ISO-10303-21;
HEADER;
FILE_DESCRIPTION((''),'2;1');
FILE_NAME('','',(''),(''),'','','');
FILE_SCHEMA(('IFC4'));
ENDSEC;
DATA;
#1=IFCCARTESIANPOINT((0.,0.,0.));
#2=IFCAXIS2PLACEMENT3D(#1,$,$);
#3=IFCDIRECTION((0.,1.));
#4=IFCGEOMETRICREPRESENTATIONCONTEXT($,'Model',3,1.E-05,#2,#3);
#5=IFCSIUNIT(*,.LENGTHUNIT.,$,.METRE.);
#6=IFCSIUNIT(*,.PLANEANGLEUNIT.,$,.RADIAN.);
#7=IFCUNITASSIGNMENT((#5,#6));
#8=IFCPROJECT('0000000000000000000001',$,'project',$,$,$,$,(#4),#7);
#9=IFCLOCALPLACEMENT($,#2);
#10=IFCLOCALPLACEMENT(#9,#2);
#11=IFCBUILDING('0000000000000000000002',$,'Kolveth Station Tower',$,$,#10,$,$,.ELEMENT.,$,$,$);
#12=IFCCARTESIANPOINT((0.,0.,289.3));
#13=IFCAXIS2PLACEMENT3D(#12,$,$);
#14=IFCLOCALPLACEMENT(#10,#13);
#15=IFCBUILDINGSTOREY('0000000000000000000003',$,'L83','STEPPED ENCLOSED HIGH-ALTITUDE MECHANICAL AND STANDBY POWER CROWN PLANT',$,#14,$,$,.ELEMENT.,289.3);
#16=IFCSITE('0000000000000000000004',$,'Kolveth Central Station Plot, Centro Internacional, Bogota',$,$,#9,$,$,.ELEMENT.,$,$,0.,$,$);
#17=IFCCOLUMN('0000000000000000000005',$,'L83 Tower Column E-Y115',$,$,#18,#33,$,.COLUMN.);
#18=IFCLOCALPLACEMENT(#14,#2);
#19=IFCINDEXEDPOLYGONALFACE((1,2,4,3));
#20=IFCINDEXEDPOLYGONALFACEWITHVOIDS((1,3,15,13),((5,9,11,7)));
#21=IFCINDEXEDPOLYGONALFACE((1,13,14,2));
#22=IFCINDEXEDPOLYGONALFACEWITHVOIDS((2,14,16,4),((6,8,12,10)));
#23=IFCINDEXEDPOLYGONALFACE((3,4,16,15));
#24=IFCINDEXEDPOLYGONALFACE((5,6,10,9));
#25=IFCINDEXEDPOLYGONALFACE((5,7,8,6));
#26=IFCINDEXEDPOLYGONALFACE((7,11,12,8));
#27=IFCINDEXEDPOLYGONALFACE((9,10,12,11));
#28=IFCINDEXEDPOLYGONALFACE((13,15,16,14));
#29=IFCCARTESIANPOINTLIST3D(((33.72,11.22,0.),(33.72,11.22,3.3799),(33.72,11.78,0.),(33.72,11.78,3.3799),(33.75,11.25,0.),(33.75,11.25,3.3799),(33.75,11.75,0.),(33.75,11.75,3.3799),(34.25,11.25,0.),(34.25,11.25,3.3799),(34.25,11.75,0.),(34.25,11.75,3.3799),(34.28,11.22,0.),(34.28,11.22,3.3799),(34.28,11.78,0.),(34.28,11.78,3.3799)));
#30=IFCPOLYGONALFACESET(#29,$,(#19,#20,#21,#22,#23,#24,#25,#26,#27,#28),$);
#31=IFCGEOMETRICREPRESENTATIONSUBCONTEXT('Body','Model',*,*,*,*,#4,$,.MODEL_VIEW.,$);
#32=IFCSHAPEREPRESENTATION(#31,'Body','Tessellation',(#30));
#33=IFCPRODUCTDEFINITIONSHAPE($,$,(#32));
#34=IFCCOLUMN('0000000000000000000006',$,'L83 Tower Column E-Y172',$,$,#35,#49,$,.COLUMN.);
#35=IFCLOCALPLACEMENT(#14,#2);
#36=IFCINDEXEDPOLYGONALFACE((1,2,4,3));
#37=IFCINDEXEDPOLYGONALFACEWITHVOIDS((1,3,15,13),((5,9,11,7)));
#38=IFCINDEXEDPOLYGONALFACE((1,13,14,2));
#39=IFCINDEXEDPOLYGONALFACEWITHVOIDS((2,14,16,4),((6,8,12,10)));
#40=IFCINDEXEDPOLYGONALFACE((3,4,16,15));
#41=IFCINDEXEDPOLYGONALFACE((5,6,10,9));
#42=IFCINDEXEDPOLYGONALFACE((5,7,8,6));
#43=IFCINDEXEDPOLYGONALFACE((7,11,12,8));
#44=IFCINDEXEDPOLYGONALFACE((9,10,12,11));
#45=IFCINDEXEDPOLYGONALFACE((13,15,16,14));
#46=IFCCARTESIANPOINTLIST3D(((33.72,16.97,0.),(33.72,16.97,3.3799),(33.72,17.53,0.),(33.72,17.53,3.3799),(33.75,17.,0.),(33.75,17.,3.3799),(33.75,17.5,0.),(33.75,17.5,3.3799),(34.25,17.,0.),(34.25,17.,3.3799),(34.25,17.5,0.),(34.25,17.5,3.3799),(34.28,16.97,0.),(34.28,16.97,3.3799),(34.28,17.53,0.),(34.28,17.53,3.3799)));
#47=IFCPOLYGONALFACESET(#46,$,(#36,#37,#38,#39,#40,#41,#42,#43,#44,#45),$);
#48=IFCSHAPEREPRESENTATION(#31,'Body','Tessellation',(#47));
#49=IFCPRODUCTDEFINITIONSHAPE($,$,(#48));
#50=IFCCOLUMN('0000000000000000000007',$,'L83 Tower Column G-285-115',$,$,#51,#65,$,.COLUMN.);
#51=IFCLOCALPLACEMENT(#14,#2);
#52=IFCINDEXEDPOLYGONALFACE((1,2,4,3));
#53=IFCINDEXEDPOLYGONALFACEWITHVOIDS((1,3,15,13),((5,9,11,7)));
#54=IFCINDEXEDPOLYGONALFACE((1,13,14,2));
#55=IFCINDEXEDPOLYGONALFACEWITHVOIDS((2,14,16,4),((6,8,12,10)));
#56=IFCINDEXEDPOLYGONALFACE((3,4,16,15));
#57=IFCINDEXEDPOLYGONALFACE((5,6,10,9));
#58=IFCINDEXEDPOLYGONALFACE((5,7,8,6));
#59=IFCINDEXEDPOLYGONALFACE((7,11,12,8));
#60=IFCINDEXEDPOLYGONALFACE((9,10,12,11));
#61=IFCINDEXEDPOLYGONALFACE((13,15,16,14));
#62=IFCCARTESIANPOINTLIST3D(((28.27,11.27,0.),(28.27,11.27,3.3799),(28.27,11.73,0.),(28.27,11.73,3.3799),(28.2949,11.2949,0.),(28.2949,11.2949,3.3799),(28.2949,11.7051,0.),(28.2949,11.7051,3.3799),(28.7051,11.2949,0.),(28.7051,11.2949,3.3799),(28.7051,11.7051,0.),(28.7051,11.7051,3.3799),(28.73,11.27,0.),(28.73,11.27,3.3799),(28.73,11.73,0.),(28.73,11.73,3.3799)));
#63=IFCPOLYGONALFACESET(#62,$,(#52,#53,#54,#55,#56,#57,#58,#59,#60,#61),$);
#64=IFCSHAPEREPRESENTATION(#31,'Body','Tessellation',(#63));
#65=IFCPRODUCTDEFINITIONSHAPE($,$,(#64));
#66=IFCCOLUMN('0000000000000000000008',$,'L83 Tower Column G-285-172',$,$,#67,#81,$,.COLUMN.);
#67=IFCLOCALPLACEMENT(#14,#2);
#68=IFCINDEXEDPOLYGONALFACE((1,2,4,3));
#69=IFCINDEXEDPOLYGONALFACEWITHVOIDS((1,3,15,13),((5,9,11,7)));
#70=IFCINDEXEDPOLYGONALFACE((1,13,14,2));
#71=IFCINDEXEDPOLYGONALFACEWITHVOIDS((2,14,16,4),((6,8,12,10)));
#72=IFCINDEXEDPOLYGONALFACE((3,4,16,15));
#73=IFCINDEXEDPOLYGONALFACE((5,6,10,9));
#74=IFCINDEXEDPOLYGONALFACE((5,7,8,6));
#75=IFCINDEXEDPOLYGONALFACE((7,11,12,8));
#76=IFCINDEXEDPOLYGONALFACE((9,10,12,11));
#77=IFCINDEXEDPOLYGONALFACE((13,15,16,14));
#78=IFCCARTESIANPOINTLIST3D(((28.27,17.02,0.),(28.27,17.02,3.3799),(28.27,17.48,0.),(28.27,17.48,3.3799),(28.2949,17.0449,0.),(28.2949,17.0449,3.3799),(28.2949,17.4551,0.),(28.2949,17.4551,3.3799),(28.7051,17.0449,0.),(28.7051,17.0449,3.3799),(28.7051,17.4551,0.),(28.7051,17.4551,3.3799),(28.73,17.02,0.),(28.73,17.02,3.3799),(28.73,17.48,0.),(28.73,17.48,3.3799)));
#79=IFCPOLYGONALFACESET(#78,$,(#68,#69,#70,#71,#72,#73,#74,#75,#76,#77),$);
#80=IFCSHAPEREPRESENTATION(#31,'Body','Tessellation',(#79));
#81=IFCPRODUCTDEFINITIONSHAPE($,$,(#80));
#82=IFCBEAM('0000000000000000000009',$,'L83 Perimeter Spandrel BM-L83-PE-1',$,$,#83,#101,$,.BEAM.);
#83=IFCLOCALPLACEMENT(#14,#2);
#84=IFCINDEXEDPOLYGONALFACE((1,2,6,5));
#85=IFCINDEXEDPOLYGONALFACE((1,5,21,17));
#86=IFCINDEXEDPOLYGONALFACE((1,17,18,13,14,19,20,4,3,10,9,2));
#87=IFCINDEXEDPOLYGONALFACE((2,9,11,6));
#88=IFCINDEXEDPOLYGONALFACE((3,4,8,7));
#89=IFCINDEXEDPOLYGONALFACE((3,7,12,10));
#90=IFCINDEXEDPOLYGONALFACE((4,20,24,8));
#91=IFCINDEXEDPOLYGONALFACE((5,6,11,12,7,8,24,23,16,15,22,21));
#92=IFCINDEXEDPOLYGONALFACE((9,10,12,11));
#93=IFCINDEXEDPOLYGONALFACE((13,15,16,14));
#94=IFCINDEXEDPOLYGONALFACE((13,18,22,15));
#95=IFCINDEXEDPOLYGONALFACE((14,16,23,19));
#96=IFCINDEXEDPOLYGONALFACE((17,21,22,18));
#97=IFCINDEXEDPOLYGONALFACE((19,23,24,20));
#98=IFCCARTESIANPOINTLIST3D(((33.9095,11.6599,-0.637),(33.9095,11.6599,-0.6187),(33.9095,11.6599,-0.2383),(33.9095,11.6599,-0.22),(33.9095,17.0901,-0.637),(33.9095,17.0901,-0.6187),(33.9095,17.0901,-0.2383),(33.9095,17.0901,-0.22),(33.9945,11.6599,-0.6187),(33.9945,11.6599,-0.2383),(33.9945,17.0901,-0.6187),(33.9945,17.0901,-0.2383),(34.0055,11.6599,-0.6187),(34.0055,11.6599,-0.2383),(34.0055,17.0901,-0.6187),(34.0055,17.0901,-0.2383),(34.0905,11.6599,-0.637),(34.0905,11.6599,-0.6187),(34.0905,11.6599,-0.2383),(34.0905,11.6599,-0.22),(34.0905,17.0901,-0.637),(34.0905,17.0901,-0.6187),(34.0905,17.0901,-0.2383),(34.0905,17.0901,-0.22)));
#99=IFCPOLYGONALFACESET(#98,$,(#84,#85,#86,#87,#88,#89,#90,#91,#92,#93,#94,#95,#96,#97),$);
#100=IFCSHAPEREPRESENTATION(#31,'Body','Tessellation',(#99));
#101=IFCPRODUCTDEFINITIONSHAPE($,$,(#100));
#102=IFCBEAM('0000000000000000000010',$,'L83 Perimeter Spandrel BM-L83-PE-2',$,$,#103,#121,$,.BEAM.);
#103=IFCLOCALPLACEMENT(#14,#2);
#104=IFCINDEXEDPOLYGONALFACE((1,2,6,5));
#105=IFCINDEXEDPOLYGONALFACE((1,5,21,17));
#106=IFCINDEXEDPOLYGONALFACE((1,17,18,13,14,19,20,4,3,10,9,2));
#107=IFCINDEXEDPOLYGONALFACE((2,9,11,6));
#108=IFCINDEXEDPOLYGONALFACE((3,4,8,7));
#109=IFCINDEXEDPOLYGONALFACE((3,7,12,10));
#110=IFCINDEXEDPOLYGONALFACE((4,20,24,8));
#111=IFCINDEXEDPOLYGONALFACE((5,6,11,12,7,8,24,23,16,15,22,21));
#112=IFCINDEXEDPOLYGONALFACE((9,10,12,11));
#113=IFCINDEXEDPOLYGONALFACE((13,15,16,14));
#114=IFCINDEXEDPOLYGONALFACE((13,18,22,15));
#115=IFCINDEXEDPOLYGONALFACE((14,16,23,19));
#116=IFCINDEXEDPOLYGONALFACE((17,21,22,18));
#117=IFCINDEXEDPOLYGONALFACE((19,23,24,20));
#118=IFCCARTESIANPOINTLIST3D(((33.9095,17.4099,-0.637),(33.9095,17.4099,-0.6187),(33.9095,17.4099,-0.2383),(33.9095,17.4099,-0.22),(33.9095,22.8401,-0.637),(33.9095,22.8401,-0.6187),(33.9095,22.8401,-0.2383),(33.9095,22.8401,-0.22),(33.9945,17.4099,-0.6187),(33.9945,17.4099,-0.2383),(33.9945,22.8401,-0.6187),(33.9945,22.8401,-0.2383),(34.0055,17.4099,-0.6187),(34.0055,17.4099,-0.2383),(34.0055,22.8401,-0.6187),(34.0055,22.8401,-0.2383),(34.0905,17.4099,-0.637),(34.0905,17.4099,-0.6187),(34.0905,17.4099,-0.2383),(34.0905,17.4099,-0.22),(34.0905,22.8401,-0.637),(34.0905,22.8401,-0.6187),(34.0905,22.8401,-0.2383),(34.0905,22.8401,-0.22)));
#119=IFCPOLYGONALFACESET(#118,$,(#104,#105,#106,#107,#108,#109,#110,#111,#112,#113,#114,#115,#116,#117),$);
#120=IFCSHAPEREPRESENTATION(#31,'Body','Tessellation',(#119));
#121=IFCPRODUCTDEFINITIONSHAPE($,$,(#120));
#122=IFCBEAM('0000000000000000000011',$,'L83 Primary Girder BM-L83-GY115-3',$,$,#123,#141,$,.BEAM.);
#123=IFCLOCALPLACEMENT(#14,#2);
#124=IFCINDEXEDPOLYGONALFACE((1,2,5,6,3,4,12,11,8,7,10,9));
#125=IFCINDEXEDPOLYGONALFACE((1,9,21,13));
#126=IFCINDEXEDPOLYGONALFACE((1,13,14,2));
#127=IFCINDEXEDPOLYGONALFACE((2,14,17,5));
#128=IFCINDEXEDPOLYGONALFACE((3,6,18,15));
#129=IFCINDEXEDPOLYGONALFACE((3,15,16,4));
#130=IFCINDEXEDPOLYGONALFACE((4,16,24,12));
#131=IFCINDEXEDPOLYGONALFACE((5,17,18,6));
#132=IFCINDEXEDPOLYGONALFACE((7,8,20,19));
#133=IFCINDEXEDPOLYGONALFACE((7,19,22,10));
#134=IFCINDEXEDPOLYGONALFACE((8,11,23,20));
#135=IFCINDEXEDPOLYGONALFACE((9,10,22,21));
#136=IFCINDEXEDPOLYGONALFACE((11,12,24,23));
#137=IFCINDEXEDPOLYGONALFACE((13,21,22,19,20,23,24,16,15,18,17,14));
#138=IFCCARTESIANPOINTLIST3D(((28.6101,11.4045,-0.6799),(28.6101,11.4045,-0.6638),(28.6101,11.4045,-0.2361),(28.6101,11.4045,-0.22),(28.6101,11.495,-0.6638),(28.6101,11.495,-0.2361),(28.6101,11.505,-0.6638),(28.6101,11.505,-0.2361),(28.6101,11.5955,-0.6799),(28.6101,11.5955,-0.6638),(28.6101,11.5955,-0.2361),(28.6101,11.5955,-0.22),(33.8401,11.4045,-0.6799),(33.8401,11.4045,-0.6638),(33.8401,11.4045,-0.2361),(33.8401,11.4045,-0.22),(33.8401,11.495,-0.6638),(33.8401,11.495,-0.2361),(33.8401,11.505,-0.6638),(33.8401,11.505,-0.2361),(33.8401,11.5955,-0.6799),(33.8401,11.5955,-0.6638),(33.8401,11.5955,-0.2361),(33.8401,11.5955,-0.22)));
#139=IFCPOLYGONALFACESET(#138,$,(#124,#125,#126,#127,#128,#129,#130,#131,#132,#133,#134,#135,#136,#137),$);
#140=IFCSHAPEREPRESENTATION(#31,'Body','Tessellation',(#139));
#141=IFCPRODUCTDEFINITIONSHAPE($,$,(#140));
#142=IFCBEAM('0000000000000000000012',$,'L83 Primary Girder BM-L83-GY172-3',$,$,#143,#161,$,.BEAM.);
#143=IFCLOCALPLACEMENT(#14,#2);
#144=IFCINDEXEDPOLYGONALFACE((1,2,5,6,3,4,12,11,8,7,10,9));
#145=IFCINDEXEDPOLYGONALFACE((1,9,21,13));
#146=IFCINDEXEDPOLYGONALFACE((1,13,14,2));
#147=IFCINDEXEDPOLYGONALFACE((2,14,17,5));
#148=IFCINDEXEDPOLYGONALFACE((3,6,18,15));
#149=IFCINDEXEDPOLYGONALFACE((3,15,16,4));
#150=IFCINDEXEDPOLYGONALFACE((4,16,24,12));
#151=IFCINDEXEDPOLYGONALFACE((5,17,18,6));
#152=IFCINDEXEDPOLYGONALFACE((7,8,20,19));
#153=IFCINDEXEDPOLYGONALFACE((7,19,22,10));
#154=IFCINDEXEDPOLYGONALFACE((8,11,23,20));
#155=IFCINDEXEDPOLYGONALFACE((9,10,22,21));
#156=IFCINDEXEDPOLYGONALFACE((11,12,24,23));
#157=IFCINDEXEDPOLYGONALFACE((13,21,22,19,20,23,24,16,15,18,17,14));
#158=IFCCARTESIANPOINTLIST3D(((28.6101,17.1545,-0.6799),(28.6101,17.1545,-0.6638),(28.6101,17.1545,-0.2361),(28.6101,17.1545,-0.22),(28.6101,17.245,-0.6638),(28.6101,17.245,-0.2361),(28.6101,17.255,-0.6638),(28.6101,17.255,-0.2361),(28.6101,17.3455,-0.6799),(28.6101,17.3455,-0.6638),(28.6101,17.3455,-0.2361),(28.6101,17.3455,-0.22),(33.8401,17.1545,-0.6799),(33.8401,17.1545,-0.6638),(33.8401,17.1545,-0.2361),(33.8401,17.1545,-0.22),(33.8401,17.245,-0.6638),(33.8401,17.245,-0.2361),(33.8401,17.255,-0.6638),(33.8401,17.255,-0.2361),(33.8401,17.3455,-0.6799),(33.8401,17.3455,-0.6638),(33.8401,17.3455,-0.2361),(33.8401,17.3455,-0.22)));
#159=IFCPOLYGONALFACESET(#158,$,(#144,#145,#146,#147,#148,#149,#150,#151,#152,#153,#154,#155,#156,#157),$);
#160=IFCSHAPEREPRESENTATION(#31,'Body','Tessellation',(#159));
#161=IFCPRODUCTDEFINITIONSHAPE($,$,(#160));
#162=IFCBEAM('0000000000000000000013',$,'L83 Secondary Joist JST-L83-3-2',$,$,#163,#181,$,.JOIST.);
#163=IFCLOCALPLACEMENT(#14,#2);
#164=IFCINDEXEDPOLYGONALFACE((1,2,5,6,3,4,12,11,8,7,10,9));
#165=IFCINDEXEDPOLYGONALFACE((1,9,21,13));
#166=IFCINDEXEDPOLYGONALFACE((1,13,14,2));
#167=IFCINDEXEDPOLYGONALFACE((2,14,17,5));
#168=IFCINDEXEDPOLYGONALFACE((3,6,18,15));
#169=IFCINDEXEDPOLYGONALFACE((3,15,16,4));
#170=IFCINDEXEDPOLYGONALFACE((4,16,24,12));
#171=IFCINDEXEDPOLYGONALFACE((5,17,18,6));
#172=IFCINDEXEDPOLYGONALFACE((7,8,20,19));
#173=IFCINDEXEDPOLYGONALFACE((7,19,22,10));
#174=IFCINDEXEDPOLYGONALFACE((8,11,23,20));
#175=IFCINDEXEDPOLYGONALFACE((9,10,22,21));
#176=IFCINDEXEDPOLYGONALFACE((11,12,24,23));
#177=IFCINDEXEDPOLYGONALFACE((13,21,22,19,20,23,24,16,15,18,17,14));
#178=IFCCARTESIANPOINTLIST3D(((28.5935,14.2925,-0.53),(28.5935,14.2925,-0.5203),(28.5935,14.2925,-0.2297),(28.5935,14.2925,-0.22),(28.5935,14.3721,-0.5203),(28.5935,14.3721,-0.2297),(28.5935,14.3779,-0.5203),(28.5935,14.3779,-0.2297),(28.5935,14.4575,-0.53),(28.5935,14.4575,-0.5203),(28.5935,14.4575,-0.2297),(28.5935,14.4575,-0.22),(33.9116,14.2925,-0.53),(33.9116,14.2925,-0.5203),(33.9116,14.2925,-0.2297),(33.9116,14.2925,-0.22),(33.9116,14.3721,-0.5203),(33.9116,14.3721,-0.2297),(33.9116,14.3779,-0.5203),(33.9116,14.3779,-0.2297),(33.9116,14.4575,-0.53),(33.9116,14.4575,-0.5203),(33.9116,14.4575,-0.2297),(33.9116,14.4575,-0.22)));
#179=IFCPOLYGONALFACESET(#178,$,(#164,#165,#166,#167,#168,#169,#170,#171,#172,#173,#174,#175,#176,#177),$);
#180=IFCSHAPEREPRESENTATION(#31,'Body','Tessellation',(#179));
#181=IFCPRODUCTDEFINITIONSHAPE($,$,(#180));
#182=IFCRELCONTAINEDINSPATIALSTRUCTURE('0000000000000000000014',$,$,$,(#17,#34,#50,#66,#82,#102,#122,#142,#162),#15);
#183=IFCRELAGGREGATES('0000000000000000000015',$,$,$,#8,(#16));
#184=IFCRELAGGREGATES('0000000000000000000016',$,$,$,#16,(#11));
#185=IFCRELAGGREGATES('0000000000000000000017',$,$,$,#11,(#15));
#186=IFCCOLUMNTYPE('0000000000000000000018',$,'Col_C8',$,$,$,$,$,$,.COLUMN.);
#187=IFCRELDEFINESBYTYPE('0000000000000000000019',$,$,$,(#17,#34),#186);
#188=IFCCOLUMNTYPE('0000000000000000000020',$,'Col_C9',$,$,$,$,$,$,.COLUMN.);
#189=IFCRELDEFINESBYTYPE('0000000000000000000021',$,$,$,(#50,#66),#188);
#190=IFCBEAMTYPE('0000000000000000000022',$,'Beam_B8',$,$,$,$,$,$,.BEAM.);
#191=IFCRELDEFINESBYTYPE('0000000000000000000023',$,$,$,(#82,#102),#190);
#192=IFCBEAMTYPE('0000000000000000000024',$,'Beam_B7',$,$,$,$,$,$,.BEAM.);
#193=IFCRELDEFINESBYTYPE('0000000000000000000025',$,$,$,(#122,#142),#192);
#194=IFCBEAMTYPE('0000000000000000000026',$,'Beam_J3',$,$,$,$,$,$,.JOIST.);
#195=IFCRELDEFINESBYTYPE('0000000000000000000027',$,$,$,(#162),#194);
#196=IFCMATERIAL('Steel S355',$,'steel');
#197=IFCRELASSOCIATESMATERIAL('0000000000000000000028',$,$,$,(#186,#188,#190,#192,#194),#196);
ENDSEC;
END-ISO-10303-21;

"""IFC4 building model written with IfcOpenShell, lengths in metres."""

from ifc_helpers import new_model, si_unit, direction, frame, origin, origin_2d, place, context, subcontext, project, spatial, hollow_rectangle, i_section, extrude, source, transform, mapped, material, material_profile, profile_set, type_object, element, save


model = new_model("IFC4")

# Units and contexts
model_context = context("Model", 3, precision=1e-05, world=origin(), true_north=direction((0.0, 1.0)))
body_context = subcontext(model_context, "Body", "Model", "MODEL_VIEW")
ifc_project = project(units=[si_unit("LENGTHUNIT", "METRE"), si_unit("PLANEANGLEUNIT", "RADIAN")], contexts=[model_context])

# Site, building, storey
site_placement = place(None, origin())
site = spatial("IfcSite", under=ifc_project, at=site_placement, Name="Kolveth Central Station Plot, Centro Internacional, Bogota", CompositionType="ELEMENT", RefElevation=0.0)
building_placement = place(site_placement, origin())
building = spatial("IfcBuilding", under=site, at=building_placement, Name="Kolveth Station Tower", CompositionType="ELEMENT")
storey_placement = place(building_placement, frame((0.0, 0.0, 289.3)))
storey = spatial("IfcBuildingStorey", under=building, at=storey_placement, Name="L83", Description="STEPPED ENCLOSED HIGH-ALTITUDE MECHANICAL AND STANDBY POWER CROWN PLANT", CompositionType="ELEMENT", Elevation=289.3)

# Columns
ifc_material_1 = material(Name="Steel S355", Category="steel")
ifc_material_profile_1 = material_profile(ifc_material_1, hollow_rectangle(XDim=0.5601, YDim=0.5601, WallThickness=0.03, at=origin_2d()), Name="BOX560x560x30")
ifc_profile_set_1 = profile_set([ifc_material_profile_1], Name="Steel S355")
column_type_1 = type_object("IfcColumnType", Name="Col_C8", PredefinedType="COLUMN", material=ifc_profile_set_1)
shared_shape_1 = source(origin(), body_context, "Body", "SweptSolid", [
    extrude(hollow_rectangle(XDim=0.5601, YDim=0.5601, WallThickness=0.03, at=origin_2d()), origin(), (0.0, 0.0, 1.0), 3.3799),
])
for number, where, z_axis, x_axis, name in (
    (1, (34.0, 11.5, 0.0), (0.0, 0.0, 1.0), (1.0, 0.0, 0.0), "L83 Tower Column E-Y115"),
    (2, (34.0, 17.25, 0.0), (0.0, 0.0, 1.0), (1.0, 0.0, 0.0), "L83 Tower Column E-Y172"),
):
    element("IfcColumn", number, at=place(storey_placement, frame(where, z_axis=z_axis, x_axis=x_axis)), inside=storey, type_object=column_type_1, Name=name, PredefinedType="COLUMN", context=body_context, shape_type="MappedRepresentation", body=[
        mapped(shared_shape_1, transform((0.0, 0.0, 0.0), x_axis=(1.0, 0.0, 0.0), y_axis=(0.0, 1.0, 0.0), z_axis=(0.0, 0.0, 1.0), scale=1.0)),
    ])
ifc_material_profile_2 = material_profile(ifc_material_1, hollow_rectangle(XDim=0.46, YDim=0.46, WallThickness=0.0249, at=origin_2d()), Name="BOX460x460x25")
ifc_profile_set_2 = profile_set([ifc_material_profile_2], Name="Steel S355")
column_type_2 = type_object("IfcColumnType", Name="Col_C9", PredefinedType="COLUMN", material=ifc_profile_set_2)
shared_shape_2 = source(origin(), body_context, "Body", "SweptSolid", [
    extrude(hollow_rectangle(XDim=0.46, YDim=0.46, WallThickness=0.0249, at=origin_2d()), origin(), (0.0, 0.0, 1.0), 3.3799),
])
for number, where, z_axis, x_axis, name in (
    (3, (28.5, 11.5, 0.0), (0.0, 0.0, 1.0), (1.0, 0.0, 0.0), "L83 Tower Column G-285-115"),
    (4, (28.5, 17.25, 0.0), (0.0, 0.0, 1.0), (1.0, 0.0, 0.0), "L83 Tower Column G-285-172"),
):
    element("IfcColumn", number, at=place(storey_placement, frame(where, z_axis=z_axis, x_axis=x_axis)), inside=storey, type_object=column_type_2, Name=name, PredefinedType="COLUMN", context=body_context, shape_type="MappedRepresentation", body=[
        mapped(shared_shape_2, transform((0.0, 0.0, 0.0), x_axis=(1.0, 0.0, 0.0), y_axis=(0.0, 1.0, 0.0), z_axis=(0.0, 0.0, 1.0), scale=1.0)),
    ])

# Beams
ifc_material_profile_3 = material_profile(ifc_material_1, i_section(OverallWidth=0.1809, OverallDepth=0.417, WebThickness=0.011, FlangeThickness=0.0183, at=origin_2d()), Name="W410x85")
ifc_profile_set_3 = profile_set([ifc_material_profile_3], Name="Steel S355")
beam_type_1 = type_object("IfcBeamType", Name="Beam_B8", PredefinedType="BEAM", material=ifc_profile_set_3)
shared_shape_3 = source(origin(), body_context, "Body", "SweptSolid", [
    extrude(i_section(OverallWidth=0.1809, OverallDepth=0.417, WebThickness=0.011, FlangeThickness=0.0183, at=origin_2d()), origin(), (0.0, 0.0, 1.0), 5.4302),
])
for number, where, z_axis, x_axis, name in (
    (5, (34.0, 11.6599, -0.4285), (0.0, 1.0, 0.0), (-1.0, 0.0, 0.0), "L83 Perimeter Spandrel BM-L83-PE-1"),
    (6, (34.0, 17.4099, -0.4285), (0.0, 1.0, 0.0), (-1.0, 0.0, 0.0), "L83 Perimeter Spandrel BM-L83-PE-2"),
):
    element("IfcBeam", number, at=place(storey_placement, frame(where, z_axis=z_axis, x_axis=x_axis)), inside=storey, type_object=beam_type_1, Name=name, PredefinedType="BEAM", context=body_context, shape_type="MappedRepresentation", body=[
        mapped(shared_shape_3, transform((0.0, 0.0, 0.0), x_axis=(1.0, 0.0, 0.0), y_axis=(0.0, 1.0, 0.0), z_axis=(0.0, 0.0, 1.0), scale=1.0)),
    ])
ifc_material_profile_4 = material_profile(ifc_material_1, i_section(OverallWidth=0.1909, OverallDepth=0.46, WebThickness=0.01, FlangeThickness=0.0161, at=origin_2d()), Name="W460x82")
ifc_profile_set_4 = profile_set([ifc_material_profile_4], Name="Steel S355")
beam_type_2 = type_object("IfcBeamType", Name="Beam_B7", PredefinedType="BEAM", material=ifc_profile_set_4)
shared_shape_4 = source(origin(), body_context, "Body", "SweptSolid", [
    extrude(i_section(OverallWidth=0.1909, OverallDepth=0.46, WebThickness=0.01, FlangeThickness=0.0161, at=origin_2d()), origin(), (0.0, 0.0, 1.0), 5.23),
])
for number, where, z_axis, x_axis, name in (
    (7, (28.6101, 11.5, -0.45), (1.0, 0.0, 0.0), (0.0, 1.0, 0.0), "L83 Primary Girder BM-L83-GY115-3"),
    (8, (28.6101, 17.25, -0.45), (1.0, 0.0, 0.0), (0.0, 1.0, 0.0), "L83 Primary Girder BM-L83-GY172-3"),
):
    element("IfcBeam", number, at=place(storey_placement, frame(where, z_axis=z_axis, x_axis=x_axis)), inside=storey, type_object=beam_type_2, Name=name, PredefinedType="BEAM", context=body_context, shape_type="MappedRepresentation", body=[
        mapped(shared_shape_4, transform((0.0, 0.0, 0.0), x_axis=(1.0, 0.0, 0.0), y_axis=(0.0, 1.0, 0.0), z_axis=(0.0, 0.0, 1.0), scale=1.0)),
    ])
ifc_material_profile_5 = material_profile(ifc_material_1, i_section(OverallWidth=0.165, OverallDepth=0.3101, WebThickness=0.0059, FlangeThickness=0.0098, at=origin_2d()), Name="W310x39")
ifc_profile_set_5 = profile_set([ifc_material_profile_5], Name="Steel S355")
beam_type_3 = type_object("IfcBeamType", Name="Beam_J3", PredefinedType="JOIST", material=ifc_profile_set_5)
shared_shape_5 = source(origin(), body_context, "Body", "SweptSolid", [
    extrude(i_section(OverallWidth=0.165, OverallDepth=0.3101, WebThickness=0.0059, FlangeThickness=0.0098, at=origin_2d()), origin(), (0.0, 0.0, 1.0), 5.3181),
])
for number, where, z_axis, x_axis, name in (
    (9, (28.5935, 14.375, -0.375), (1.0, 0.0, 0.0), (0.0, 1.0, 0.0), "L83 Secondary Joist JST-L83-3-2"),
):
    element("IfcBeam", number, at=place(storey_placement, frame(where, z_axis=z_axis, x_axis=x_axis)), inside=storey, type_object=beam_type_3, Name=name, PredefinedType="JOIST", context=body_context, shape_type="MappedRepresentation", body=[
        mapped(shared_shape_5, transform((0.0, 0.0, 0.0), x_axis=(1.0, 0.0, 0.0), y_axis=(0.0, 1.0, 0.0), z_axis=(0.0, 0.0, 1.0), scale=1.0)),
    ])

save(model, "model.ifc")
